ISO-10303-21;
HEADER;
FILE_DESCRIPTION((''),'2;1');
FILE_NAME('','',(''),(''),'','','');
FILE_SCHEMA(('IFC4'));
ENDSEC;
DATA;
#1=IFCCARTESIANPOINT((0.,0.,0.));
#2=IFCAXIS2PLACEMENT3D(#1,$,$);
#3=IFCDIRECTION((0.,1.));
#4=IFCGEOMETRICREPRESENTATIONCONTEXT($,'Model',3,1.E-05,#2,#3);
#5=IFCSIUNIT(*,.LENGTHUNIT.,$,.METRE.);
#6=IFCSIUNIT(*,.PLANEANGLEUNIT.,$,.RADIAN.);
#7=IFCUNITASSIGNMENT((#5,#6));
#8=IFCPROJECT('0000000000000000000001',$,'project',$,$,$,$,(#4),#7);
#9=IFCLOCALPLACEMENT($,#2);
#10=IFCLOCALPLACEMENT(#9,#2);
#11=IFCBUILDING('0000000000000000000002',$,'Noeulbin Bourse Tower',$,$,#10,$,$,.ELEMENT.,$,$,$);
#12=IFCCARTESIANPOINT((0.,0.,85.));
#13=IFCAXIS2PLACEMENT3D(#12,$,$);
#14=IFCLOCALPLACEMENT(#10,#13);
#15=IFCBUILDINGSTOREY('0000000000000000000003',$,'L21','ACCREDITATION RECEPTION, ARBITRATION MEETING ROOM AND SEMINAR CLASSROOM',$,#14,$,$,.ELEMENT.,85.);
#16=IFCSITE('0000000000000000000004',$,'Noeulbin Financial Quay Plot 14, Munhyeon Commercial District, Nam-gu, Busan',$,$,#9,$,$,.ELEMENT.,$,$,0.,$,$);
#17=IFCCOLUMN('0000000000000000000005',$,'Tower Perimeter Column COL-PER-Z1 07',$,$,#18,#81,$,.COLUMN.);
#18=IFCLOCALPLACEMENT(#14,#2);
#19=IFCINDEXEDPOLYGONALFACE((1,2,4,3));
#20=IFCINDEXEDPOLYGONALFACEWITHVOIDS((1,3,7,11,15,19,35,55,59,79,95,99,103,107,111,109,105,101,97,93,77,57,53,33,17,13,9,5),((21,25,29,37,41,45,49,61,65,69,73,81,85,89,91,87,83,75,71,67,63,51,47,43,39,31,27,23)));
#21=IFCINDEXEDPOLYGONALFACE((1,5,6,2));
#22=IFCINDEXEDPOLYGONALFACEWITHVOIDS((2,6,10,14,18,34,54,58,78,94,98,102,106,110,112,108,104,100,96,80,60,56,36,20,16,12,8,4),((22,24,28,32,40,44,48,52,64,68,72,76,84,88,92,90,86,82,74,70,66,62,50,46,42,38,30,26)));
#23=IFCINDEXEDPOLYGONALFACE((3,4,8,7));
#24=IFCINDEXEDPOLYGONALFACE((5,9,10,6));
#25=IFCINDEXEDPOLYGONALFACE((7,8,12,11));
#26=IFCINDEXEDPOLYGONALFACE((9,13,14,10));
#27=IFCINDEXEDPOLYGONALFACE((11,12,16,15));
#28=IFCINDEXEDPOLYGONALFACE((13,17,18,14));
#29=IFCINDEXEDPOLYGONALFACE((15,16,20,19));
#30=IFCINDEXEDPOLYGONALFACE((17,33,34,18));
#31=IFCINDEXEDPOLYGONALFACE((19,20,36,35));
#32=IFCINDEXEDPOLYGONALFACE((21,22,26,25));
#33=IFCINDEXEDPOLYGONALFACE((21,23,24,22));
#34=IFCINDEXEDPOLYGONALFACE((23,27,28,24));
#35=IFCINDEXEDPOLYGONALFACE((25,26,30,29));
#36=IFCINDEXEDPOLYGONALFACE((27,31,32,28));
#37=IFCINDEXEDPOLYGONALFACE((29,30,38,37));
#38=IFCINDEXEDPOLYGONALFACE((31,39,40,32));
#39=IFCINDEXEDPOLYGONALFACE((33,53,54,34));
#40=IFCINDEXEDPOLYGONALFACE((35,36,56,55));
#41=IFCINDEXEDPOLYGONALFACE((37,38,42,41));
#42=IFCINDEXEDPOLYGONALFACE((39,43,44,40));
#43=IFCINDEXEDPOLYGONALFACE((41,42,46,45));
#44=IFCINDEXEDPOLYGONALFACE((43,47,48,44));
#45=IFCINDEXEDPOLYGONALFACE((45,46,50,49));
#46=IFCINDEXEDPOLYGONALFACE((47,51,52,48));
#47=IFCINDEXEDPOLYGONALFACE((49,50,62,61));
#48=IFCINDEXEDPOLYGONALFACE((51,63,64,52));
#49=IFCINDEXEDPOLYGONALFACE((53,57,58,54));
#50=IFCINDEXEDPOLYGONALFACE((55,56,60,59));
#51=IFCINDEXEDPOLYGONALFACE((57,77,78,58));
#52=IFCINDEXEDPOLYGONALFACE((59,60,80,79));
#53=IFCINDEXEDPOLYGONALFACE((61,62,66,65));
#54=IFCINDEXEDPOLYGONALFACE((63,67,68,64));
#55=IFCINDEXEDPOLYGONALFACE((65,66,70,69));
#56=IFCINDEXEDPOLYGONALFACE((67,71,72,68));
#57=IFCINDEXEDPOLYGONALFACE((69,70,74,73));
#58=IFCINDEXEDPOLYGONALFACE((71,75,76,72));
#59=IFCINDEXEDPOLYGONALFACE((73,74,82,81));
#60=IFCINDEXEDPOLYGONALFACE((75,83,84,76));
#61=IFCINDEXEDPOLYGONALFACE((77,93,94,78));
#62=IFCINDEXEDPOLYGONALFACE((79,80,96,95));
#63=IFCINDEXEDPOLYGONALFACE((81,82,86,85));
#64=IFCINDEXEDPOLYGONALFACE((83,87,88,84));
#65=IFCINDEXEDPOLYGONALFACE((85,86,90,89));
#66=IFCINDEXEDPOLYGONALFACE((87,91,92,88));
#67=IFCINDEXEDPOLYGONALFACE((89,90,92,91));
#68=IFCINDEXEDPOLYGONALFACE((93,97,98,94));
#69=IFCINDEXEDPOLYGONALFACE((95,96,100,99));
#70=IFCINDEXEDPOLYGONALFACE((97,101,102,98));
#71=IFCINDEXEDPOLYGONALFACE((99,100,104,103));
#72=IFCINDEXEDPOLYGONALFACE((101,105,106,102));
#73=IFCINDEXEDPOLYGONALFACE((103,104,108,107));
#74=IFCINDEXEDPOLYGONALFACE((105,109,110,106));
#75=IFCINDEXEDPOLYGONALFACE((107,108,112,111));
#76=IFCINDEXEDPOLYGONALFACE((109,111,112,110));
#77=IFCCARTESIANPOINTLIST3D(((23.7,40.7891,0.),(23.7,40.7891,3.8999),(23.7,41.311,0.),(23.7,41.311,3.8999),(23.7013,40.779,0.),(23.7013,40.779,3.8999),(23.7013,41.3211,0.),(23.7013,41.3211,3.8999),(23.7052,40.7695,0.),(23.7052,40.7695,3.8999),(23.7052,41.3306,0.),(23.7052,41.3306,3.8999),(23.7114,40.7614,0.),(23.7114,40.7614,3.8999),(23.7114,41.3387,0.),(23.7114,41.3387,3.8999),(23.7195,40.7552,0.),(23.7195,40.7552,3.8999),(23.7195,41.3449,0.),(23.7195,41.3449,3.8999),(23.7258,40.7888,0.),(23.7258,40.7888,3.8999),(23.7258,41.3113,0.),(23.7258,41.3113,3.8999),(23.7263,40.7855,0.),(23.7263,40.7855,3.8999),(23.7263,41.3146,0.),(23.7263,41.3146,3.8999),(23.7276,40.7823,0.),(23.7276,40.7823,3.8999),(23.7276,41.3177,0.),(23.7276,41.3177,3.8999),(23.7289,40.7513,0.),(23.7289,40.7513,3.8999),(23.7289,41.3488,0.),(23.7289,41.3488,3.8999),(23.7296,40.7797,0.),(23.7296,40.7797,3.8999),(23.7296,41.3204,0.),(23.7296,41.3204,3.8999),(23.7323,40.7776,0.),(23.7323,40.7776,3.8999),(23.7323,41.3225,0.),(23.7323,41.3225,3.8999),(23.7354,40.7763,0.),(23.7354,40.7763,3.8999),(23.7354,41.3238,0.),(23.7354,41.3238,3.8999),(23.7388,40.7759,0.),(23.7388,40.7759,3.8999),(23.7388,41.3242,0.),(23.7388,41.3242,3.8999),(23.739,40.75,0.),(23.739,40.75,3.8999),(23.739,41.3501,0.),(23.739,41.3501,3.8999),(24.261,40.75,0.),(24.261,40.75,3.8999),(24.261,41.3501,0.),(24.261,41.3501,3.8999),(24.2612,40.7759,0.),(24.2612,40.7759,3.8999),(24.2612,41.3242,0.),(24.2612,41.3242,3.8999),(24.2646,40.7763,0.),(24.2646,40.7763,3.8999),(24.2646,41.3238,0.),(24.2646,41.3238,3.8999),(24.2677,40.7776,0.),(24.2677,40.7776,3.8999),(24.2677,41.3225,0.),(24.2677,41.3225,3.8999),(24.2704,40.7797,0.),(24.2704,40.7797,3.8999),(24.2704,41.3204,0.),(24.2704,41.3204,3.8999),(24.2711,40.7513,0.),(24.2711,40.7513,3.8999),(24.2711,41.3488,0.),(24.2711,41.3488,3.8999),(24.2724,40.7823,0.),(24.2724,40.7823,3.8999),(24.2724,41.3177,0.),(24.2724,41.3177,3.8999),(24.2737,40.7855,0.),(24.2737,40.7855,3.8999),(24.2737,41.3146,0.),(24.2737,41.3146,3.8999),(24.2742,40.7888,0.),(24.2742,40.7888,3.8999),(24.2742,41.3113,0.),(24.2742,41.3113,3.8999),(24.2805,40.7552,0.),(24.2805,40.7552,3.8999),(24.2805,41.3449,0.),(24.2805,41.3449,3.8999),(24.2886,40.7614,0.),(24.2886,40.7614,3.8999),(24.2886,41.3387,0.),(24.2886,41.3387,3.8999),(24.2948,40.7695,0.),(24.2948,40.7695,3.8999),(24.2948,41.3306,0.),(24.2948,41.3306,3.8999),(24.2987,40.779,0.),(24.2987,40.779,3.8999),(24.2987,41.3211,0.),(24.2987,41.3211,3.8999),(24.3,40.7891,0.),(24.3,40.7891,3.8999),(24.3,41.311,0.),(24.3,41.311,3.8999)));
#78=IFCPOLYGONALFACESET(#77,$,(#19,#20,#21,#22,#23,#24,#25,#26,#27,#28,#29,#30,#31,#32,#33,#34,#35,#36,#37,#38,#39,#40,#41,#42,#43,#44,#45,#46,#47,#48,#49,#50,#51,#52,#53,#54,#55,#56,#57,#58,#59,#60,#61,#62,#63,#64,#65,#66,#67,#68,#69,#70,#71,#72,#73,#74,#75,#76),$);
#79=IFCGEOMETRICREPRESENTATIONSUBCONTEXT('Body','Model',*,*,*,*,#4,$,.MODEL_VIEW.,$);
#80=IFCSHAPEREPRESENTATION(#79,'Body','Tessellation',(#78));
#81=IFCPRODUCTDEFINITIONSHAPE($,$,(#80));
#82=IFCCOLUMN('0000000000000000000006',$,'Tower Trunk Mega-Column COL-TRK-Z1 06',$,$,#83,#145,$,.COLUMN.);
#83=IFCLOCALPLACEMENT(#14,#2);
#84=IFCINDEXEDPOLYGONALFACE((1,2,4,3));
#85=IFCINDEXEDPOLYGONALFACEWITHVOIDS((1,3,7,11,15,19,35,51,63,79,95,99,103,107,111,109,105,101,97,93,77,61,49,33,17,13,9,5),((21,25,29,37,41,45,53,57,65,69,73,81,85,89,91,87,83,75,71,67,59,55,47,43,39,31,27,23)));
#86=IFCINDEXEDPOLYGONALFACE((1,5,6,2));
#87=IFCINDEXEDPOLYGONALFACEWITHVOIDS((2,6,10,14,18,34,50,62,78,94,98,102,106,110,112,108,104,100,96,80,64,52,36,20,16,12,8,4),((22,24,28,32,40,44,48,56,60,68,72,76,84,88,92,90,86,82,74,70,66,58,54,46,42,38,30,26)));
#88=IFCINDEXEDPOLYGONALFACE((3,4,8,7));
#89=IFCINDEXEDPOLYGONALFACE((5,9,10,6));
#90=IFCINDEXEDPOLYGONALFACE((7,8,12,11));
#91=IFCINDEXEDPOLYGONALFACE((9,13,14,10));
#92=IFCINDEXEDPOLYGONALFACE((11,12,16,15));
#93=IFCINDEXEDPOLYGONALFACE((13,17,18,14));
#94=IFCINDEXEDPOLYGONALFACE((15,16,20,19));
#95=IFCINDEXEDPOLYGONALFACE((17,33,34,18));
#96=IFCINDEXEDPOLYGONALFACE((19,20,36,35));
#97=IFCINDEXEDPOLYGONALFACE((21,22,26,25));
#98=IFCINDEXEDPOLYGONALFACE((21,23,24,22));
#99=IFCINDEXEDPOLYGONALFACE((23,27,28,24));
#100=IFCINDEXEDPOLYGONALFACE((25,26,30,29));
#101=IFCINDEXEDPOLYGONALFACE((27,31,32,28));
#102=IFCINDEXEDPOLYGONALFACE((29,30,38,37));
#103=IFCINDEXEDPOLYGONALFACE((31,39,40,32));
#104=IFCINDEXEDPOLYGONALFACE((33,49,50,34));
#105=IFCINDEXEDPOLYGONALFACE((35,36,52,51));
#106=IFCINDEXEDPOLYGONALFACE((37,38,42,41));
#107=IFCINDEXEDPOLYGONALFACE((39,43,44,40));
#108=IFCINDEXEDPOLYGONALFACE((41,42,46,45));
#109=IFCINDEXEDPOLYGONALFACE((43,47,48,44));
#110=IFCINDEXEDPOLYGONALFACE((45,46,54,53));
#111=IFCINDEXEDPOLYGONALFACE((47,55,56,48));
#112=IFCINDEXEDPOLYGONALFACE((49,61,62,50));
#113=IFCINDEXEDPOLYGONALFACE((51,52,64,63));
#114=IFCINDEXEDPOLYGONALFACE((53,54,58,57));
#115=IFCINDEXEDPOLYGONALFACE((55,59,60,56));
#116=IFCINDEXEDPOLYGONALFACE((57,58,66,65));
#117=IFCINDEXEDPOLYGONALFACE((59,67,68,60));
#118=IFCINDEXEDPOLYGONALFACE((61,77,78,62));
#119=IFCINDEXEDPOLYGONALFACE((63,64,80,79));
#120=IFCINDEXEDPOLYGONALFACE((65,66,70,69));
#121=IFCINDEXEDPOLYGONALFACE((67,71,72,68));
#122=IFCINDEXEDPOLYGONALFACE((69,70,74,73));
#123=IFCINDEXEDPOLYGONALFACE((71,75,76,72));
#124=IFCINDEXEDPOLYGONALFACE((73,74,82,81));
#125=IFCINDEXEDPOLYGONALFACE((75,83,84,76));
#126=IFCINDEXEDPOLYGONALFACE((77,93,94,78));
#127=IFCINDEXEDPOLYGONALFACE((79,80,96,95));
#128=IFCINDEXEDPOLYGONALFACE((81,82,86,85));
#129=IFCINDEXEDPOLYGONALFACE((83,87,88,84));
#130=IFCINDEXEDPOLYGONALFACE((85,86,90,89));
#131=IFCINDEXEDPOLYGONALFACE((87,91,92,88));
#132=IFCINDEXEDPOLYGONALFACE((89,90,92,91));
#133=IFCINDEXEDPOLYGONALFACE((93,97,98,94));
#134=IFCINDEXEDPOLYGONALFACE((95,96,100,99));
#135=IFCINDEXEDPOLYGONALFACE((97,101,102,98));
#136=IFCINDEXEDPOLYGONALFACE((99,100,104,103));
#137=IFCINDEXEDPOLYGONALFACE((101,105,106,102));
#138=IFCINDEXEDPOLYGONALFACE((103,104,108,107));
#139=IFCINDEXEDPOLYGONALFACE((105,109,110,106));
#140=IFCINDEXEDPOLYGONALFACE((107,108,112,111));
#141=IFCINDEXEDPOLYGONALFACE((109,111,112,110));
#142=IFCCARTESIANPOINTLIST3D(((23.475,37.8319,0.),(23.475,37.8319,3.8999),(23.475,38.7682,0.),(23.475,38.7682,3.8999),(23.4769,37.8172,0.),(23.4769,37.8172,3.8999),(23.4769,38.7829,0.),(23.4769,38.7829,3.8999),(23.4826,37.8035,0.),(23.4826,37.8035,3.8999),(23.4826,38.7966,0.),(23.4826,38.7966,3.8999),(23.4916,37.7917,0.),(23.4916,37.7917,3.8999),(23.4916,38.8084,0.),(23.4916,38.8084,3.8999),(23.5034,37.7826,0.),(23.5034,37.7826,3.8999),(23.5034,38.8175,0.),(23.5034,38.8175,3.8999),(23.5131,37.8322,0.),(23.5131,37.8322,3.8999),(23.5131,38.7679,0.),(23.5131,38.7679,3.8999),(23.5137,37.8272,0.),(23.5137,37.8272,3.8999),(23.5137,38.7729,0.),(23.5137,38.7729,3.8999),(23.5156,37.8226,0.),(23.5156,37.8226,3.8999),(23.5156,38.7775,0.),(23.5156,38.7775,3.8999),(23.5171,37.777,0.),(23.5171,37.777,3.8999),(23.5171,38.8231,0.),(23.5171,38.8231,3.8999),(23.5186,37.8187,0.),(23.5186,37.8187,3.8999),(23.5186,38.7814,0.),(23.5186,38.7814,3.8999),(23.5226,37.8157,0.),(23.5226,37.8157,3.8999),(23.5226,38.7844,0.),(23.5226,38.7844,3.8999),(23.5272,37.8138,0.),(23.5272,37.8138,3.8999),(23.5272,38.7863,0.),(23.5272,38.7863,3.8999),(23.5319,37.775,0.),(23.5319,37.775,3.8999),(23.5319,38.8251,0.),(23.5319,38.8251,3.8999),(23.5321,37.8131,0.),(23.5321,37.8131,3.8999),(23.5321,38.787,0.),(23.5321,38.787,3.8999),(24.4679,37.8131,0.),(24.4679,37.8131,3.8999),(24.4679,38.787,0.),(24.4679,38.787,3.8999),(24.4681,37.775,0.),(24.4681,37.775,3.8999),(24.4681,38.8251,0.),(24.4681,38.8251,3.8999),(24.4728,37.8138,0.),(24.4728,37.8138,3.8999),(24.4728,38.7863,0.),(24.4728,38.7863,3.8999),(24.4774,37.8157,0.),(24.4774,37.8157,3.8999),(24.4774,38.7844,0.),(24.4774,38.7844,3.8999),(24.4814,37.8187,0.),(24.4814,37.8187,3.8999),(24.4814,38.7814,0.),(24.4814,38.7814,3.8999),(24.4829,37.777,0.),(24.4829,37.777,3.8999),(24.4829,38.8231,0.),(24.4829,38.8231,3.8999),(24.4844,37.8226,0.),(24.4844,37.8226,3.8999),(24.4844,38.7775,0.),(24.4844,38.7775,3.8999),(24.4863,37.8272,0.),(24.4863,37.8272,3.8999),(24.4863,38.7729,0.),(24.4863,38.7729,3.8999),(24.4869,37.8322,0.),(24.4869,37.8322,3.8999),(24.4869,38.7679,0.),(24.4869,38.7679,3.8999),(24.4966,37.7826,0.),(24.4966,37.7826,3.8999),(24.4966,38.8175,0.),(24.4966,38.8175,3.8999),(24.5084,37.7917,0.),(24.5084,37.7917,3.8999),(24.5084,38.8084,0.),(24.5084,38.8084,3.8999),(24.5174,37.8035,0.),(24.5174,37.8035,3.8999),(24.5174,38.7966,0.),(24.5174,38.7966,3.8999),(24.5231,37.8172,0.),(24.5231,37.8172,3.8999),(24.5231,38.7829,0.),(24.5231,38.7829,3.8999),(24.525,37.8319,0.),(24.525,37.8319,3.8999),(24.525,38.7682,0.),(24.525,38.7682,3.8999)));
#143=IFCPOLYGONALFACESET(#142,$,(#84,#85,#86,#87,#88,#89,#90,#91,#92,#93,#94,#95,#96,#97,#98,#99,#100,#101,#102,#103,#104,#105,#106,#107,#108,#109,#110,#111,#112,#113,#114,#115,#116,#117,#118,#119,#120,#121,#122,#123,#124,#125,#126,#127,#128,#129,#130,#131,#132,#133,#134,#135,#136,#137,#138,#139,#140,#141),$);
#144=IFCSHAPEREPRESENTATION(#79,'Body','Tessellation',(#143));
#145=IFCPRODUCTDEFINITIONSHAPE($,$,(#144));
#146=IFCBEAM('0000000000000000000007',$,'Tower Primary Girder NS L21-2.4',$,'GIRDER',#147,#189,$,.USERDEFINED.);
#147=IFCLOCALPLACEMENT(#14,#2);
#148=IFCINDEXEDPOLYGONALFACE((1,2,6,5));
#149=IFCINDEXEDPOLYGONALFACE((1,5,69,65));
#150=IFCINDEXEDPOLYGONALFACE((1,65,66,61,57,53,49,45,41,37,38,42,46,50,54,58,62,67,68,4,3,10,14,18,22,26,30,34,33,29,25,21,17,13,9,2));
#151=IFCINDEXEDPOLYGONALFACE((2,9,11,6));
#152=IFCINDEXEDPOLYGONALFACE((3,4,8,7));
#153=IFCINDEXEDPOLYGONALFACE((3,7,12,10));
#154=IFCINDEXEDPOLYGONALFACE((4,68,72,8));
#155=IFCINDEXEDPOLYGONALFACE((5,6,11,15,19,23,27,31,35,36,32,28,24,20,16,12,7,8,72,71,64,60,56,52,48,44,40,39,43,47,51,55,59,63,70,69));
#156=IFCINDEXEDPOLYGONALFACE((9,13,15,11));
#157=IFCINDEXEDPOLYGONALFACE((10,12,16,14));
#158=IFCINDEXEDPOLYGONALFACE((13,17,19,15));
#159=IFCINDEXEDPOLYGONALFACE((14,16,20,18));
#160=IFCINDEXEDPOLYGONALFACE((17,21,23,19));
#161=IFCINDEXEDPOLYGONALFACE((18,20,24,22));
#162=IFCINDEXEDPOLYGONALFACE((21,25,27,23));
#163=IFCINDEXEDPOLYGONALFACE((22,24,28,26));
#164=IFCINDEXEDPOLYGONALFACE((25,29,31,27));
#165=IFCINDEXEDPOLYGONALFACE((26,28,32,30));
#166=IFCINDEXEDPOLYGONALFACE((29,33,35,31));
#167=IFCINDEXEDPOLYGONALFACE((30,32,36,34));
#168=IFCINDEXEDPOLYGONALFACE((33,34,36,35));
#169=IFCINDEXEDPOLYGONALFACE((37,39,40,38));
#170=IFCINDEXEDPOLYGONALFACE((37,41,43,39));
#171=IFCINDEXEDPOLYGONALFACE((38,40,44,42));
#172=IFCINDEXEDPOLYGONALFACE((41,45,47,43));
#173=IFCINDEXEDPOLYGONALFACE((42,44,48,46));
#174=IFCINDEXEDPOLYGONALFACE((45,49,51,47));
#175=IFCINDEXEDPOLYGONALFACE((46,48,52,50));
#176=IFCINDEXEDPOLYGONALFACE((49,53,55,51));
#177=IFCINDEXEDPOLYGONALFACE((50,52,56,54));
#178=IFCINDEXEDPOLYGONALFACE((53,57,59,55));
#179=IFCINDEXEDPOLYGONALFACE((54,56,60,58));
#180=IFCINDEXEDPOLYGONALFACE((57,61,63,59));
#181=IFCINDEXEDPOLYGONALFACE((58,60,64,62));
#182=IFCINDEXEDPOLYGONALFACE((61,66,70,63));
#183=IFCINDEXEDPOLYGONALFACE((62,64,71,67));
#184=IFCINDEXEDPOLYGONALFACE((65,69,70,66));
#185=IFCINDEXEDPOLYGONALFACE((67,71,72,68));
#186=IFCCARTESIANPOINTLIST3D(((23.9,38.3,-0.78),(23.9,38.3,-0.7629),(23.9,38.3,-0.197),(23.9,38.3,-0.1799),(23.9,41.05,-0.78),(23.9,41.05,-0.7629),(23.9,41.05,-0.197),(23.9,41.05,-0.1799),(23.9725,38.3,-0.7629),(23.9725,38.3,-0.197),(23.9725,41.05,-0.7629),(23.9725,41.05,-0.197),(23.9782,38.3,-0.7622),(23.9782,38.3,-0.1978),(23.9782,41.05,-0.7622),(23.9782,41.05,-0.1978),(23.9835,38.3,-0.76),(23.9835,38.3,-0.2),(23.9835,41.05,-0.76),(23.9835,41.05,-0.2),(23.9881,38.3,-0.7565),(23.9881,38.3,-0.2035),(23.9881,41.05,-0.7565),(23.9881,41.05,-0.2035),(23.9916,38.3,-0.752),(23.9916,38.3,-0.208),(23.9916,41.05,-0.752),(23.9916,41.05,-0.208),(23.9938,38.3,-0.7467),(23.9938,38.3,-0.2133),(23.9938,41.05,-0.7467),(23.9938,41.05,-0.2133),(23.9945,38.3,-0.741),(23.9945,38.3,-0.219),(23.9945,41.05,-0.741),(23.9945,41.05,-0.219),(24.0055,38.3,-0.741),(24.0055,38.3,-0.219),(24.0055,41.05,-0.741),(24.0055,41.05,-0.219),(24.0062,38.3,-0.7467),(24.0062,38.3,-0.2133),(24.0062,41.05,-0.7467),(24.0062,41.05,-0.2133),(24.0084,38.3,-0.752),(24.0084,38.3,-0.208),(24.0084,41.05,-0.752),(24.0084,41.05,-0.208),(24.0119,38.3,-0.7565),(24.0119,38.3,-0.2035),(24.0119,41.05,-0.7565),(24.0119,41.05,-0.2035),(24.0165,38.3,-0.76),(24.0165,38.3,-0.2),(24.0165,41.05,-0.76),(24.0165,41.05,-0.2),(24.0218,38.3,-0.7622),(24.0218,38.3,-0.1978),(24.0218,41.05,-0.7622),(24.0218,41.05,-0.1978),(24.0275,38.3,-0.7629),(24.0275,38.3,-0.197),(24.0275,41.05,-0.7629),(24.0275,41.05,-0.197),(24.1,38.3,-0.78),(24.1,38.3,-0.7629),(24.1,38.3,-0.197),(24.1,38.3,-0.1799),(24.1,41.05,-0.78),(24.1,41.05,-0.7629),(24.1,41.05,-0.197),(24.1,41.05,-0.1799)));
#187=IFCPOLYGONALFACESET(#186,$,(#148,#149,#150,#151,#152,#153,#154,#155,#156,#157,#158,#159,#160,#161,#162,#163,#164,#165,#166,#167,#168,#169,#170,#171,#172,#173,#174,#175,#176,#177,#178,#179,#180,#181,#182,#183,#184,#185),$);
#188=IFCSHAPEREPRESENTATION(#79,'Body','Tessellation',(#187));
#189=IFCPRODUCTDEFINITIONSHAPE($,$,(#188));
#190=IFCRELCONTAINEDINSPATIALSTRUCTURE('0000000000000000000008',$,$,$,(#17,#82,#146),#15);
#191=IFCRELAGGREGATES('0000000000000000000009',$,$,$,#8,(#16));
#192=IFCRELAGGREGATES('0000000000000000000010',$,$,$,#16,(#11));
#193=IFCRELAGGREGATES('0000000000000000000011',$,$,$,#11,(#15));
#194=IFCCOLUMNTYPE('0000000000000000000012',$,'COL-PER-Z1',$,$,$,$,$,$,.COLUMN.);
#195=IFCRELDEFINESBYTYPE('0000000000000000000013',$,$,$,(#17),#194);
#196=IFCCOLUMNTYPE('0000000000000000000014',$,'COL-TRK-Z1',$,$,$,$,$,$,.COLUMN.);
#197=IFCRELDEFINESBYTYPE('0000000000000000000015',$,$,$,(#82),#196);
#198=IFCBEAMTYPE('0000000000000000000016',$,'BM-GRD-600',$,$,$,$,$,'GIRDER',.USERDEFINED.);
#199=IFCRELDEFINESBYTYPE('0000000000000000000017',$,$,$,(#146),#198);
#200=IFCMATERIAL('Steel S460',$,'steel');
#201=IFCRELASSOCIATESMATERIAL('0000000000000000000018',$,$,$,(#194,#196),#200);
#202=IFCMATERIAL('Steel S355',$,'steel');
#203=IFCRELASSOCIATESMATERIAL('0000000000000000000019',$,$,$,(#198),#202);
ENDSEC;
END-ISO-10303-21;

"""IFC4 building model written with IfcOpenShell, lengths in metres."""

from ifc_helpers import new_model, si_unit, direction, frame, origin, origin_2d, place, context, subcontext, project, spatial, hollow_rectangle, i_section, extrude, material, material_profile, profile_set, type_object, element, save


model = new_model("IFC4")

# Units and contexts
model_context = context("Model", 3, precision=1e-05, world=origin(), true_north=direction((0.0, 1.0)))
body_context = subcontext(model_context, "Body", "Model", "MODEL_VIEW")
ifc_project = project(units=[si_unit("LENGTHUNIT", "METRE"), si_unit("PLANEANGLEUNIT", "RADIAN")], contexts=[model_context])

# Site, building, storey
site_placement = place(None, origin())
site = spatial("IfcSite", under=ifc_project, at=site_placement, Name="Noeulbin Financial Quay Plot 14, Munhyeon Commercial District, Nam-gu, Busan", CompositionType="ELEMENT", RefElevation=0.0)
building_placement = place(site_placement, origin())
building = spatial("IfcBuilding", under=site, at=building_placement, Name="Noeulbin Bourse Tower", CompositionType="ELEMENT")
storey_placement = place(building_placement, frame((0.0, 0.0, 85.0)))
storey = spatial("IfcBuildingStorey", under=building, at=storey_placement, Name="L21", Description="ACCREDITATION RECEPTION, ARBITRATION MEETING ROOM AND SEMINAR CLASSROOM", CompositionType="ELEMENT", Elevation=85.0)

# Columns
ifc_material_1 = material(Name="Steel S460", Category="steel")
ifc_material_profile_1 = material_profile(ifc_material_1, hollow_rectangle(XDim=0.6001, YDim=0.6001, WallThickness=0.0259, InnerFilletRadius=0.0129, OuterFilletRadius=0.0391, at=origin_2d()), Name="BOX-600x600x26", Category="LoadBearing")
ifc_profile_set_1 = profile_set([ifc_material_profile_1], Name="Steel S460")
column_type_1 = type_object("IfcColumnType", Name="COL-PER-Z1", PredefinedType="COLUMN", material=ifc_profile_set_1)
column_1_placement = place(storey_placement, frame((24.0, 41.05, 0.0), z_axis=(0.0, 0.0, 1.0), x_axis=(1.0, 0.0, 0.0)))
element("IfcColumn", 1, at=column_1_placement, inside=storey, type_object=column_type_1, Name="Tower Perimeter Column COL-PER-Z1 07", PredefinedType="COLUMN", context=body_context, shape_type="SweptSolid", body=[
    extrude(hollow_rectangle(XDim=0.6001, YDim=0.6001, WallThickness=0.0259, InnerFilletRadius=0.0129, OuterFilletRadius=0.0391, at=origin_2d()), origin(), (0.0, 0.0, 1.0), 3.8999),
])
ifc_material_profile_2 = material_profile(ifc_material_1, hollow_rectangle(XDim=1.05, YDim=1.05, WallThickness=0.0381, InnerFilletRadius=0.019, OuterFilletRadius=0.0569, at=origin_2d()), Name="BOX-1050x1050x38", Category="LoadBearing")
ifc_profile_set_2 = profile_set([ifc_material_profile_2], Name="Steel S460")
column_type_2 = type_object("IfcColumnType", Name="COL-TRK-Z1", PredefinedType="COLUMN", material=ifc_profile_set_2)
column_2_placement = place(storey_placement, frame((24.0, 38.3, 0.0), z_axis=(0.0, 0.0, 1.0), x_axis=(1.0, 0.0, 0.0)))
element("IfcColumn", 2, at=column_2_placement, inside=storey, type_object=column_type_2, Name="Tower Trunk Mega-Column COL-TRK-Z1 06", PredefinedType="COLUMN", context=body_context, shape_type="SweptSolid", body=[
    extrude(hollow_rectangle(XDim=1.05, YDim=1.05, WallThickness=0.0381, InnerFilletRadius=0.019, OuterFilletRadius=0.0569, at=origin_2d()), origin(), (0.0, 0.0, 1.0), 3.8999),
])

# Beam
ifc_material_2 = material(Name="Steel S355", Category="steel")
ifc_material_profile_3 = material_profile(ifc_material_2, i_section(OverallWidth=0.2, OverallDepth=0.6001, WebThickness=0.011, FlangeThickness=0.0171, FilletRadius=0.022, at=origin_2d()), Name="H-600x200x11x17", Category="LoadBearing")
ifc_profile_set_3 = profile_set([ifc_material_profile_3], Name="Steel S355")
beam_type_1 = type_object("IfcBeamType", Name="BM-GRD-600", ElementType="GIRDER", PredefinedType="USERDEFINED", material=ifc_profile_set_3)
beam_1_placement = place(storey_placement, frame((24.0, 38.3, -0.48), z_axis=(0.0, 1.0, 0.0), x_axis=(-1.0, 0.0, 0.0)))
element("IfcBeam", 3, at=beam_1_placement, inside=storey, type_object=beam_type_1, Name="Tower Primary Girder NS L21-2.4", ObjectType="GIRDER", PredefinedType="USERDEFINED", context=body_context, shape_type="SweptSolid", body=[
    extrude(i_section(OverallWidth=0.2, OverallDepth=0.6001, WebThickness=0.011, FlangeThickness=0.0171, FilletRadius=0.022, at=origin_2d()), origin(), (0.0, 0.0, 1.0), 2.75),
])

save(model, "model.ifc")
